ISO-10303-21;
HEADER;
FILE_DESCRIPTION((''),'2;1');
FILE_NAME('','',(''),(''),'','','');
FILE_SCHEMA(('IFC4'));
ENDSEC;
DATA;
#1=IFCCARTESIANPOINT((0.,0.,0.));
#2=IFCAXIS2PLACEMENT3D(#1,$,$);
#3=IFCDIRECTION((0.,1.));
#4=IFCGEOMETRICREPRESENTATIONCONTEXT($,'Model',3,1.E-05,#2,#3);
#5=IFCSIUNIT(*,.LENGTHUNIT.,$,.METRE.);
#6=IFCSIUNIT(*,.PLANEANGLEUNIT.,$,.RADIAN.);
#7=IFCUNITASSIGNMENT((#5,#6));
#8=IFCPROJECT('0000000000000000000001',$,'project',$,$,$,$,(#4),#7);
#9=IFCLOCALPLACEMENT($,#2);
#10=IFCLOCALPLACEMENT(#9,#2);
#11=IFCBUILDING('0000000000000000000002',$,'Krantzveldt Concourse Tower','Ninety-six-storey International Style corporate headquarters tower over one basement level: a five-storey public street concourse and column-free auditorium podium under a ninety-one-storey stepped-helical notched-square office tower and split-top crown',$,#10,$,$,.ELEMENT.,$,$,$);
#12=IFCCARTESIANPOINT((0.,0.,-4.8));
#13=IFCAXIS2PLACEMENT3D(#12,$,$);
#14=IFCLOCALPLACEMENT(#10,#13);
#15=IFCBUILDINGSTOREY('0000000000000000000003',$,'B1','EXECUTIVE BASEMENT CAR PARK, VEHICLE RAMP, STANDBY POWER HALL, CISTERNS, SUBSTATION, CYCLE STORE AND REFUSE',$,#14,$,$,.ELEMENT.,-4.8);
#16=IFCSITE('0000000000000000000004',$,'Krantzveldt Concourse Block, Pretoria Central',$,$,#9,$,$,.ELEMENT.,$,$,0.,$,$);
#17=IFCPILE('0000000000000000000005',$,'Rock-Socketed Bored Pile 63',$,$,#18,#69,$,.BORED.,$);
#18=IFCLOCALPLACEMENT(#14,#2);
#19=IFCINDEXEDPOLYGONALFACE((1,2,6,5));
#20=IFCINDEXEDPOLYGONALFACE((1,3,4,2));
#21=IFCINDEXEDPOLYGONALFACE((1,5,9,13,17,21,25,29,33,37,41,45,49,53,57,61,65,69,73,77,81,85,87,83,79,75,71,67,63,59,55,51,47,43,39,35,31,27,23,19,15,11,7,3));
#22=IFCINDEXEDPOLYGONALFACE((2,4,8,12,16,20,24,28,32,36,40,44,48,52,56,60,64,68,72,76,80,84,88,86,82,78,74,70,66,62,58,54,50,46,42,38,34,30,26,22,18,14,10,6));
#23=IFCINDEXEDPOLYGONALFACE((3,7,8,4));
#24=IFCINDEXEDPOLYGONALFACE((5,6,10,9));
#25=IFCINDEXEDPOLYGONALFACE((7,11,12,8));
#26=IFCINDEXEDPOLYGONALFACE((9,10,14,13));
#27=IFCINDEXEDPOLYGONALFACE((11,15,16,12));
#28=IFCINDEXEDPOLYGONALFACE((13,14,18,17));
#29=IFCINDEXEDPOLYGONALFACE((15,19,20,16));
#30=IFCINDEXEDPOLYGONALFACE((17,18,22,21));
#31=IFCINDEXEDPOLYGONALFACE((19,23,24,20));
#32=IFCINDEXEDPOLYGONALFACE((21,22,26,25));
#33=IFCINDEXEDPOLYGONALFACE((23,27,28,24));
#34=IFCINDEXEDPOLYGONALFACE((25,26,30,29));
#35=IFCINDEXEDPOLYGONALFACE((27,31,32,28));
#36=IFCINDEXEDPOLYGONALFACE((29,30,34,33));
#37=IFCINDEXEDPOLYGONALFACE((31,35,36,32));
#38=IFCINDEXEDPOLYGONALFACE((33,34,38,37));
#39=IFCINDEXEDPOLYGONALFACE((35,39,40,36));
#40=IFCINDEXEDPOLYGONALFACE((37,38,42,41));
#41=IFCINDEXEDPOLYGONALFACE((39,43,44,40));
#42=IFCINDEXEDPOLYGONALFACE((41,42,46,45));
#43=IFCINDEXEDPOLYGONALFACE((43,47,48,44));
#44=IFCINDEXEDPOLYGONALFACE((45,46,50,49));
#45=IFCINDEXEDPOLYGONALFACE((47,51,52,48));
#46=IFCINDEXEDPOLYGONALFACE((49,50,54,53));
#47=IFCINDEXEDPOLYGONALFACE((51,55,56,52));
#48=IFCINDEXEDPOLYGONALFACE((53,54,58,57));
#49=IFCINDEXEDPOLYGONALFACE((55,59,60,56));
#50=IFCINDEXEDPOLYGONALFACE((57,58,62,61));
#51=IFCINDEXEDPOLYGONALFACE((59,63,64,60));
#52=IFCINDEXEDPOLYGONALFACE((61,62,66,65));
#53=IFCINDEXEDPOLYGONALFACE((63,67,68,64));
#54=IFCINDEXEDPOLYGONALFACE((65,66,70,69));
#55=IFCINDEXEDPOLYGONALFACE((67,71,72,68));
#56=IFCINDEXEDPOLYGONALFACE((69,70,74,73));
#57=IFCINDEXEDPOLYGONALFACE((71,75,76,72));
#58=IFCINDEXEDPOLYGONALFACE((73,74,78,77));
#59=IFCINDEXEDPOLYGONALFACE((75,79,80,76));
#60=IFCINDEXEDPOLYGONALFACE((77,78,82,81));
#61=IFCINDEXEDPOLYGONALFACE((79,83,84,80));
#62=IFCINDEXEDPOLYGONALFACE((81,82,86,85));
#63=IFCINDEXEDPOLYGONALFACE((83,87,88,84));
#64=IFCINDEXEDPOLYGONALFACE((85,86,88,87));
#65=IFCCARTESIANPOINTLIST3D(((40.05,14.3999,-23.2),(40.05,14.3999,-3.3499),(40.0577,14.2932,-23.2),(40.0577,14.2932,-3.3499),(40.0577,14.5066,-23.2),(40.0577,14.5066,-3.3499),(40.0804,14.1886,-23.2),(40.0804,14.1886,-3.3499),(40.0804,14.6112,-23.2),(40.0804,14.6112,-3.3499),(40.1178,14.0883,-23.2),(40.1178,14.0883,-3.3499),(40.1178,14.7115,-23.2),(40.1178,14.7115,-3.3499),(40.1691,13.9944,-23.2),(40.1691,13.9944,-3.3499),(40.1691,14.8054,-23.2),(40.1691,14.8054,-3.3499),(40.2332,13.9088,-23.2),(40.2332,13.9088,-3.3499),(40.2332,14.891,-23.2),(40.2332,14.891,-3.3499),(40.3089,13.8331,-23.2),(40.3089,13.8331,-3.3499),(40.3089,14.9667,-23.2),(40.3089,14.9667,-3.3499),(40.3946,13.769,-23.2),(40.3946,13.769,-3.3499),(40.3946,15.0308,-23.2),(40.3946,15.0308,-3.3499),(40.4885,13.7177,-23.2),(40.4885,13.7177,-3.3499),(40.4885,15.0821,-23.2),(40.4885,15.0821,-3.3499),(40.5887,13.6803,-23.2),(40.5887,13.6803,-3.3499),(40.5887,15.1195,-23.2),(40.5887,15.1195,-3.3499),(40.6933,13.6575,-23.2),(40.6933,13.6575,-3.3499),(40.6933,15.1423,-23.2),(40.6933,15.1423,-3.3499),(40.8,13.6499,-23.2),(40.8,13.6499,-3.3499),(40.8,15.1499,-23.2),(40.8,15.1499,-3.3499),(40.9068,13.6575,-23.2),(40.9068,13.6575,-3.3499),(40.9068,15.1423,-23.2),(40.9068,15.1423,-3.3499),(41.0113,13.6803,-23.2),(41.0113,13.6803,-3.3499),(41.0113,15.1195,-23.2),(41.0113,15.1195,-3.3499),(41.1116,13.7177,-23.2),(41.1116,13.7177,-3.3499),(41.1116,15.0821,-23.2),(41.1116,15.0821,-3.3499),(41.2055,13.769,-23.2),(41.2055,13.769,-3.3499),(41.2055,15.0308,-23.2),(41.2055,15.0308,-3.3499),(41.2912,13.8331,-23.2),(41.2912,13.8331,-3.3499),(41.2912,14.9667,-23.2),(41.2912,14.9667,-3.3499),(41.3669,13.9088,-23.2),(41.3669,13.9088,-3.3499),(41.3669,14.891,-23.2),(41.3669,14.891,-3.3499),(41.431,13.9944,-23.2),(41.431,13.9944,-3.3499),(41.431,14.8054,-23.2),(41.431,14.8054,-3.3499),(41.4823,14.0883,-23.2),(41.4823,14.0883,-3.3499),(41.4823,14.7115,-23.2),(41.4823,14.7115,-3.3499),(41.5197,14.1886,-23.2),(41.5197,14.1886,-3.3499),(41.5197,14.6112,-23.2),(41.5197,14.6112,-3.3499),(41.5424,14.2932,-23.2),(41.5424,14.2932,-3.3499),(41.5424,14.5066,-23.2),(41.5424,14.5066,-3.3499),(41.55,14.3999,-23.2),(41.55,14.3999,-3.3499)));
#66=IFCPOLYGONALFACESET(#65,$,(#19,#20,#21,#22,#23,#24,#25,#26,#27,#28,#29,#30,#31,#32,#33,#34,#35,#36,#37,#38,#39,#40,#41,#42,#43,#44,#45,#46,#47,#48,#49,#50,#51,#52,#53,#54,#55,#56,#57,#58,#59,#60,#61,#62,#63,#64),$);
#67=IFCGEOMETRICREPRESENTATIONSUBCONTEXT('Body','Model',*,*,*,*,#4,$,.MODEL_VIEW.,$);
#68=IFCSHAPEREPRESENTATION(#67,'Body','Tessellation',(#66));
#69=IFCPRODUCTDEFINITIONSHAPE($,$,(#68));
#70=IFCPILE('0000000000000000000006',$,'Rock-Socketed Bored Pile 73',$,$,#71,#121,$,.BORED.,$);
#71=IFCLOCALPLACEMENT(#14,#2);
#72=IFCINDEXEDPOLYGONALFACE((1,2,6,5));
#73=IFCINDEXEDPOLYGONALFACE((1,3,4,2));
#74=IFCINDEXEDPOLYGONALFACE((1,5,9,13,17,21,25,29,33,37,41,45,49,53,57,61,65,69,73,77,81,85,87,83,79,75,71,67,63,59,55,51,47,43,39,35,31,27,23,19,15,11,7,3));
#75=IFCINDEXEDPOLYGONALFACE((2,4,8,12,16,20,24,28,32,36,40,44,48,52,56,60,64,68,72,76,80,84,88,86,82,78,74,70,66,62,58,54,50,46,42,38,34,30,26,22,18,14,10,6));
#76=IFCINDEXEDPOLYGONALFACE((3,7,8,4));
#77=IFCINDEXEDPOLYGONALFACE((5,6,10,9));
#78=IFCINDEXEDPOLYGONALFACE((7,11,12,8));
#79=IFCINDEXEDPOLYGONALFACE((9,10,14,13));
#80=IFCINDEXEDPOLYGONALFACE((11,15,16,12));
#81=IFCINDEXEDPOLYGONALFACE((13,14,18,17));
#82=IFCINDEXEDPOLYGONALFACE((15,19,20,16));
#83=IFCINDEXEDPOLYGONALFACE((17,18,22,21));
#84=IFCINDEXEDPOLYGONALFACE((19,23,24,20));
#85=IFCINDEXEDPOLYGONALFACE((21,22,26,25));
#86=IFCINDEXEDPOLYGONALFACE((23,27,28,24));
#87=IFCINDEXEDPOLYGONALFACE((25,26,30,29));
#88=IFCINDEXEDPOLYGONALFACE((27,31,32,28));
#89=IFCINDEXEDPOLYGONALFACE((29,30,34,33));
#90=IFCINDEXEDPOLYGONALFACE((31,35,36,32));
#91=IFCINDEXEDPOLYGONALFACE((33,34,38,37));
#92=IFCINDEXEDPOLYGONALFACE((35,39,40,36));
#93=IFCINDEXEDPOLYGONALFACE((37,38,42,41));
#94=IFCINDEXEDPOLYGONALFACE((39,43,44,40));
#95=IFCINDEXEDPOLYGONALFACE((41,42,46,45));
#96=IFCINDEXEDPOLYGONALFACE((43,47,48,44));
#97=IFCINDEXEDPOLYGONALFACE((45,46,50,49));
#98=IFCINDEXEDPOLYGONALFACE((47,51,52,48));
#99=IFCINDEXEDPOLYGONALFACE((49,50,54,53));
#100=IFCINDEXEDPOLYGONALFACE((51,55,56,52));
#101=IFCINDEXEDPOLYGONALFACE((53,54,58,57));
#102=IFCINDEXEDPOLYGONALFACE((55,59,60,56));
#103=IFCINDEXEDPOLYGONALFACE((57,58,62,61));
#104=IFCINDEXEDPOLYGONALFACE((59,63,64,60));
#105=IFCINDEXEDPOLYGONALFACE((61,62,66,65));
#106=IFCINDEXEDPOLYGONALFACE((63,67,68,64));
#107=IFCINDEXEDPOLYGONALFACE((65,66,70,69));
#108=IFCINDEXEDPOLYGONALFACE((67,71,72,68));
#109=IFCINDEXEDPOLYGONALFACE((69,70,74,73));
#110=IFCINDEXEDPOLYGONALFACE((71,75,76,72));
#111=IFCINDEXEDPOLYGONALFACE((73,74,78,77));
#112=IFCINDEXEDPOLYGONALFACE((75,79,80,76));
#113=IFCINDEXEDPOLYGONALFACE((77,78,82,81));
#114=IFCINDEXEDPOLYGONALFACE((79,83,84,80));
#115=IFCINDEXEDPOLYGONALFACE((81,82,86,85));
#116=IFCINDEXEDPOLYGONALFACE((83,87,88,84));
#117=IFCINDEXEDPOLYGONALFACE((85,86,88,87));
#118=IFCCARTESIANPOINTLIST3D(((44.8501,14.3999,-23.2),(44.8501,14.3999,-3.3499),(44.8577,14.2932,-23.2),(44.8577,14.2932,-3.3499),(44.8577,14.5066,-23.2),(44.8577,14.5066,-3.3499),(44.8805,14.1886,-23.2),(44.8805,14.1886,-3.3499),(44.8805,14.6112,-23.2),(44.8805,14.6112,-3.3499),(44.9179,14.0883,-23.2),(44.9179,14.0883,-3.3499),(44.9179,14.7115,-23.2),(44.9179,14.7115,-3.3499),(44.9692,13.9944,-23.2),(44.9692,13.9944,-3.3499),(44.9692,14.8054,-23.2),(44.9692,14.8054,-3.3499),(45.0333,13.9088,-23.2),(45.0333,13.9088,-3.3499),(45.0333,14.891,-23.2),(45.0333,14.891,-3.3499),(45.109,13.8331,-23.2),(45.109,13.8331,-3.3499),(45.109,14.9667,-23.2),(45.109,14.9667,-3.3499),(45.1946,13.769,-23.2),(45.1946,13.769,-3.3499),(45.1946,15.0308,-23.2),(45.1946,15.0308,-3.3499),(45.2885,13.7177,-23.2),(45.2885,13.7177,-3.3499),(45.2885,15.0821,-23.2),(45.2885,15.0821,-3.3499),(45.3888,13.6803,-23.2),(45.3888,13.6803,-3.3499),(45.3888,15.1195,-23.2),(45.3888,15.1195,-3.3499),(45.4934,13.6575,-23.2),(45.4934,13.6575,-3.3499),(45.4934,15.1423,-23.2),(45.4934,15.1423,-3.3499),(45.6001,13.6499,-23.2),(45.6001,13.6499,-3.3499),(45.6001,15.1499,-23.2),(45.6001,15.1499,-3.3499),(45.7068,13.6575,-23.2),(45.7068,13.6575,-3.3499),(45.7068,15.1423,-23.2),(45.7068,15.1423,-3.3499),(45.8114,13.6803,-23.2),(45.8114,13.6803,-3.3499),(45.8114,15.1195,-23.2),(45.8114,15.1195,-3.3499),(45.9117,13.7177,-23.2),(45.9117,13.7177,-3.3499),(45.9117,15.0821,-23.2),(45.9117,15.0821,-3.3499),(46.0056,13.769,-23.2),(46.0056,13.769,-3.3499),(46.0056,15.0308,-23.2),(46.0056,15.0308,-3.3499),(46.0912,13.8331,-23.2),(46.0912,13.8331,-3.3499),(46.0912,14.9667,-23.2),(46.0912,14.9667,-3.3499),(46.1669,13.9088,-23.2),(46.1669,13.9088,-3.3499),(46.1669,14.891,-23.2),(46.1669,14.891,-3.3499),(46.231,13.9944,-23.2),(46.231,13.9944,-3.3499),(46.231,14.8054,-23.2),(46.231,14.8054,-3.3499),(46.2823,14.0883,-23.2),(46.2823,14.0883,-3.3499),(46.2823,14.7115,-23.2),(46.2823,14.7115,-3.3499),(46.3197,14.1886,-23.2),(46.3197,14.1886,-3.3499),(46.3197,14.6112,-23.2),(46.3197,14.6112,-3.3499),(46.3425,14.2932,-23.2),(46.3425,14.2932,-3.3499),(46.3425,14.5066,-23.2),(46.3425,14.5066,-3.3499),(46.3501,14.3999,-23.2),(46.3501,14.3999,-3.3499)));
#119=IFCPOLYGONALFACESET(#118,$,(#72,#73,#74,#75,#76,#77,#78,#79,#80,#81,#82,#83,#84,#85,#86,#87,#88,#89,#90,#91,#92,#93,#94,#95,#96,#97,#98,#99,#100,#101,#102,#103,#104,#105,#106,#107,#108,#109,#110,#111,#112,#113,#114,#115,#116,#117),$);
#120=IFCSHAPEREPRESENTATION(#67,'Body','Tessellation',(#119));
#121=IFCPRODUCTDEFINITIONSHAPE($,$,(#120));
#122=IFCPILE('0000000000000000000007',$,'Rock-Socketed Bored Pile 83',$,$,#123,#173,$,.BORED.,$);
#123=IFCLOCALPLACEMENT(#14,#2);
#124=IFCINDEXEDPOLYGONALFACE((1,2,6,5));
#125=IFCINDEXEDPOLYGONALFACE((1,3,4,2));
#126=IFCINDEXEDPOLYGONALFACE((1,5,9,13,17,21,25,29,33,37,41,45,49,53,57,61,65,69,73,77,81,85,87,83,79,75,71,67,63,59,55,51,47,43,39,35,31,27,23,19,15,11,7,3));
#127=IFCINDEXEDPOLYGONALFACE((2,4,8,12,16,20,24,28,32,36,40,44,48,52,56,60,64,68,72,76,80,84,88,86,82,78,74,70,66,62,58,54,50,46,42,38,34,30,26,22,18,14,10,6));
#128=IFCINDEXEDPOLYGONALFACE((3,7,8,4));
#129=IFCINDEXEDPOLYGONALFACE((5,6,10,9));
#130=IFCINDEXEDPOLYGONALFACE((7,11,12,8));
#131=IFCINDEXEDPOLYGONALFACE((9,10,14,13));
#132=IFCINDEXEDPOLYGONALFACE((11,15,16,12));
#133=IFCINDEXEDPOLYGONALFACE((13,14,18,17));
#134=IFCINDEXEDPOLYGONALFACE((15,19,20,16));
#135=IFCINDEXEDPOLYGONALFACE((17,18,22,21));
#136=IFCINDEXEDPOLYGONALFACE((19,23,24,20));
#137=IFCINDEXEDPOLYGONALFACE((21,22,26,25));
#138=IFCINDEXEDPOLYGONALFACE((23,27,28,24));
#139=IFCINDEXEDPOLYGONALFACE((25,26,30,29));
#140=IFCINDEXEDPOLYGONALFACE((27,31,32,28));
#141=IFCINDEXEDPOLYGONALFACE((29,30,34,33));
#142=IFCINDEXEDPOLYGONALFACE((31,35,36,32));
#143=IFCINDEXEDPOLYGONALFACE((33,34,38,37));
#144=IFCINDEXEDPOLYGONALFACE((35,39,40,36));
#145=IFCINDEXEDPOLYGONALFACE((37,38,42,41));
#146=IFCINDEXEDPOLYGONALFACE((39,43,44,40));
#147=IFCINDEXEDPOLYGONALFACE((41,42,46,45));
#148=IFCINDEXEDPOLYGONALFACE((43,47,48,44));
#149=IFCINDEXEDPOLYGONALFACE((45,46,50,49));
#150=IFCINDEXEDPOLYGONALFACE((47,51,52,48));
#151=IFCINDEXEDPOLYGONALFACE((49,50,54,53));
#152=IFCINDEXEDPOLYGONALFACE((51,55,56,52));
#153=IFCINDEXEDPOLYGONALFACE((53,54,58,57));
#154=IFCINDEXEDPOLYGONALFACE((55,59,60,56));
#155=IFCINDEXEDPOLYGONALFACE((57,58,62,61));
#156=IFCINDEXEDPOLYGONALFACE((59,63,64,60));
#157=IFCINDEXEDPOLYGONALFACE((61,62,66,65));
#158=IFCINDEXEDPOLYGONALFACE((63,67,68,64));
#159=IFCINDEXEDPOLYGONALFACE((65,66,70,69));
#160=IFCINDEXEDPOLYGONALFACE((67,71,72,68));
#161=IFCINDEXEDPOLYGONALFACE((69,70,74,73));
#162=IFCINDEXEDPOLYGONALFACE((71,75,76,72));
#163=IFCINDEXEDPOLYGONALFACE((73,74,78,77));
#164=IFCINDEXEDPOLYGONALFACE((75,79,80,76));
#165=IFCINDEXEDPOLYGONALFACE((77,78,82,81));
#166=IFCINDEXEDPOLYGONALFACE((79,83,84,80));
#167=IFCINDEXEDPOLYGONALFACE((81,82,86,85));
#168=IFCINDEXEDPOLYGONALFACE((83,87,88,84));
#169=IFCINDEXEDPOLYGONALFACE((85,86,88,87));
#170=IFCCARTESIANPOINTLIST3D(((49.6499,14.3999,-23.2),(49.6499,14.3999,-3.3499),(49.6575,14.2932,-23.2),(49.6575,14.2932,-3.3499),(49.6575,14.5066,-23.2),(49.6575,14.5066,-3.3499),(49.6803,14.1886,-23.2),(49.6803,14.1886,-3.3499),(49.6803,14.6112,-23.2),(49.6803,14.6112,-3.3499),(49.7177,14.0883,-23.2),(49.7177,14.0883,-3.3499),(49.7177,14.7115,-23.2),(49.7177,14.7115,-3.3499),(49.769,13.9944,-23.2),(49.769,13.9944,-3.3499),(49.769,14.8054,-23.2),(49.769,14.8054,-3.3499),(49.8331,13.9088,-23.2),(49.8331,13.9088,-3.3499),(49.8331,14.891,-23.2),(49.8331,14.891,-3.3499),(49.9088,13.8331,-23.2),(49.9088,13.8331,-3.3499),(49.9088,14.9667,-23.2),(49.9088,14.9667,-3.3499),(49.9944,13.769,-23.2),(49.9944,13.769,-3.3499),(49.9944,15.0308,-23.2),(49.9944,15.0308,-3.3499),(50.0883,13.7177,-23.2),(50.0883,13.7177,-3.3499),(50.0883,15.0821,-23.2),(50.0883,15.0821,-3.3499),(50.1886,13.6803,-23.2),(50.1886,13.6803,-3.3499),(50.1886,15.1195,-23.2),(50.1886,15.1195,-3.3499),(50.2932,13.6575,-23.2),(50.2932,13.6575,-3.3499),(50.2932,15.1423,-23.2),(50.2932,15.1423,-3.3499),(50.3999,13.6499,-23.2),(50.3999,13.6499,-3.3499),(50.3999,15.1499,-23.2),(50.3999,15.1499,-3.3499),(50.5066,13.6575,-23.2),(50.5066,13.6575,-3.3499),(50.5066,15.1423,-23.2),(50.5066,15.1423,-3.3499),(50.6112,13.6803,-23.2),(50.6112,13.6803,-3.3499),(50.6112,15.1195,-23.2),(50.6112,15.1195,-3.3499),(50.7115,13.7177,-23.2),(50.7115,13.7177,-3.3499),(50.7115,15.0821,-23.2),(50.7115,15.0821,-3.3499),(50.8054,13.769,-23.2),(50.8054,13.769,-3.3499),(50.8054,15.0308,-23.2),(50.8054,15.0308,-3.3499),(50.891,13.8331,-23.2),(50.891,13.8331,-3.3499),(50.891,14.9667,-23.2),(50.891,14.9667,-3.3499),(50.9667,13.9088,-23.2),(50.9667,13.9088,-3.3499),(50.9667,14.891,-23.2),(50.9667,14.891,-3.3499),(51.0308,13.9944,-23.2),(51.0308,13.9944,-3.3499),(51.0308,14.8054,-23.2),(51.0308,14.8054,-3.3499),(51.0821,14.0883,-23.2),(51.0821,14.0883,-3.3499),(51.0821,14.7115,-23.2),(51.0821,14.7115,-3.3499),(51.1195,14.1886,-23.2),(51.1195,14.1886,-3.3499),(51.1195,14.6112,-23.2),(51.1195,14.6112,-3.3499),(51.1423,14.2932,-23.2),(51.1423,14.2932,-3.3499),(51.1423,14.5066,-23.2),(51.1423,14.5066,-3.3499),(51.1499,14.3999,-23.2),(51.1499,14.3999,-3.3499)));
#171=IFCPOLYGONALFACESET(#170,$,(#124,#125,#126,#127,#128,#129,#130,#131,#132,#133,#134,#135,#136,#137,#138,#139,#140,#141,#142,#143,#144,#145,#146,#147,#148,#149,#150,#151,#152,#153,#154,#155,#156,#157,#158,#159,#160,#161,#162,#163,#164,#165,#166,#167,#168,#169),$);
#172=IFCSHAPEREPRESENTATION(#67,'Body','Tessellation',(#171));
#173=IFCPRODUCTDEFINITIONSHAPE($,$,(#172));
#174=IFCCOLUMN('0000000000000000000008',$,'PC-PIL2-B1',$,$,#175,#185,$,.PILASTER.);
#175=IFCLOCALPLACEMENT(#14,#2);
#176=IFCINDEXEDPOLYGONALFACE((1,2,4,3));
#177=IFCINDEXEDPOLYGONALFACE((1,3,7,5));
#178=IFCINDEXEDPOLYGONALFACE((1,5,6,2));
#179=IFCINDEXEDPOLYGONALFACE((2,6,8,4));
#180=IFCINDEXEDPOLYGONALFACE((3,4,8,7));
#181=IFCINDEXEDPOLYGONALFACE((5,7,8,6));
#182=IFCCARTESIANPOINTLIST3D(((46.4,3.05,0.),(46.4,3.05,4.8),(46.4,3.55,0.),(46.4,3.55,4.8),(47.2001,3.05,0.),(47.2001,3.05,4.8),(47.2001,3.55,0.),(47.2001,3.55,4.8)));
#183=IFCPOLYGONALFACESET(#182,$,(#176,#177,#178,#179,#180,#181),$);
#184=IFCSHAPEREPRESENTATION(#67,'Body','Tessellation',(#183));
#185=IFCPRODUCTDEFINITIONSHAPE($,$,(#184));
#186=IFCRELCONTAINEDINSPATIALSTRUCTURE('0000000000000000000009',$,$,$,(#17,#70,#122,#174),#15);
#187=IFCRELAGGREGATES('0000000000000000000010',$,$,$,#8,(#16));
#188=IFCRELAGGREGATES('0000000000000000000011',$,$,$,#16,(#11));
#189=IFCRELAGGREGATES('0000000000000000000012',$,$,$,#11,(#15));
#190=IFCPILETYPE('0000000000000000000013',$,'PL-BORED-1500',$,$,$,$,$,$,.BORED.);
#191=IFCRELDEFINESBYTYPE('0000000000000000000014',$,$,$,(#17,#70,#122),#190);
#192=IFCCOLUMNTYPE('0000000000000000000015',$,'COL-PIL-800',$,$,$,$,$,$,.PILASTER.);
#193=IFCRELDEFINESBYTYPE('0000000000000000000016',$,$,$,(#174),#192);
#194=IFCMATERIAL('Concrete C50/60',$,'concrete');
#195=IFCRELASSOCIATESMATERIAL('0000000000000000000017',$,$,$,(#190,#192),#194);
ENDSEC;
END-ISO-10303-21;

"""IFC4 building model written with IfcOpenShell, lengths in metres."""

from ifc_helpers import new_model, si_unit, direction, frame, origin, origin_2d, place, context, subcontext, project, spatial, rectangle, circle, extrude, source, transform, mapped, material, material_profile, profile_set, type_object, type_shapes, element, save


model = new_model("IFC4")

# Units and contexts
model_context = context("Model", 3, precision=1e-05, world=origin(), true_north=direction((0.0, 1.0)))
body_context = subcontext(model_context, "Body", "Model", "MODEL_VIEW")
ifc_project = project(units=[si_unit("LENGTHUNIT", "METRE"), si_unit("PLANEANGLEUNIT", "RADIAN")], contexts=[model_context])

# Site, building, storey
site_placement = place(None, origin())
site = spatial("IfcSite", under=ifc_project, at=site_placement, Name="Krantzveldt Concourse Block, Pretoria Central", CompositionType="ELEMENT", RefElevation=0.0)
building_placement = place(site_placement, origin())
building = spatial("IfcBuilding", under=site, at=building_placement, Name="Krantzveldt Concourse Tower", Description="Ninety-six-storey International Style corporate headquarters tower over one basement level: a five-storey public street concourse and column-free auditorium podium under a ninety-one-storey stepped-helical notched-square office tower and split-top crown", CompositionType="ELEMENT")
storey_placement = place(building_placement, frame((0.0, 0.0, -4.8)))
storey = spatial("IfcBuildingStorey", under=building, at=storey_placement, Name="B1", Description="EXECUTIVE BASEMENT CAR PARK, VEHICLE RAMP, STANDBY POWER HALL, CISTERNS, SUBSTATION, CYCLE STORE AND REFUSE", CompositionType="ELEMENT", Elevation=-4.8)

# Piles
ifc_material_1 = material(Name="Concrete C50/60", Category="concrete")
ifc_material_profile_1 = material_profile(ifc_material_1, circle(Radius=0.75, at=origin_2d()), Name="Concrete C50/60", Category="concrete")
ifc_profile_set_1 = profile_set([ifc_material_profile_1], Name="Concrete C50/60 - PILE D1500")
pile_type_1 = type_object("IfcPileType", Name="PL-BORED-1500", PredefinedType="BORED", material=ifc_profile_set_1)
shared_shape_1 = source(origin(), body_context, "Body", "SweptSolid", [
    extrude(circle(Radius=0.75, at=origin_2d()), origin(), (0.0, 0.0, 1.0), 19.8501),
])
type_shapes(pile_type_1, [shared_shape_1])
for number, where, z_axis, x_axis, name in (
    (1, (40.8, 14.3999, -3.3499), (0.0, 0.0, -1.0), (1.0, 0.0, 0.0), "Rock-Socketed Bored Pile 63"),
    (2, (45.6001, 14.3999, -3.3499), (0.0, 0.0, -1.0), (1.0, 0.0, 0.0), "Rock-Socketed Bored Pile 73"),
    (3, (50.3999, 14.3999, -3.3499), (0.0, 0.0, -1.0), (1.0, 0.0, 0.0), "Rock-Socketed Bored Pile 83"),
):
    element("IfcPile", number, at=place(storey_placement, frame(where, z_axis=z_axis, x_axis=x_axis)), inside=storey, type_object=pile_type_1, Name=name, PredefinedType="BORED", context=body_context, shape_type="MappedRepresentation", body=[
        mapped(shared_shape_1, transform((0.0, 0.0, 0.0), x_axis=(1.0, 0.0, 0.0), y_axis=(0.0, 1.0, 0.0), z_axis=(0.0, 0.0, 1.0), scale=1.0)),
    ])

# Column
ifc_material_profile_2 = material_profile(ifc_material_1, rectangle(XDim=0.8, YDim=0.5, at=origin_2d()), Name="Concrete C50/60", Category="concrete")
ifc_profile_set_2 = profile_set([ifc_material_profile_2], Name="Concrete C50/60 - RC-PIL 800x500")
column_type = type_object("IfcColumnType", Name="COL-PIL-800", PredefinedType="PILASTER", material=ifc_profile_set_2)
shared_shape_2 = source(origin(), body_context, "Body", "SweptSolid", [
    extrude(rectangle(XDim=0.8, YDim=0.5, at=origin_2d()), origin(), (0.0, 0.0, 1.0), 4.8),
])
type_shapes(column_type, [shared_shape_2])
column_placement = place(storey_placement, frame((46.8, 3.3, 0.0), z_axis=(0.0, 0.0, 1.0), x_axis=(1.0, 0.0, 0.0)))
element("IfcColumn", 4, at=column_placement, inside=storey, type_object=column_type, Name="PC-PIL2-B1", PredefinedType="PILASTER", context=body_context, shape_type="MappedRepresentation", body=[
    mapped(shared_shape_2, transform((0.0, 0.0, 0.0), x_axis=(1.0, 0.0, 0.0), y_axis=(0.0, 1.0, 0.0), z_axis=(0.0, 0.0, 1.0), scale=1.0)),
])

save(model, "model.ifc")
